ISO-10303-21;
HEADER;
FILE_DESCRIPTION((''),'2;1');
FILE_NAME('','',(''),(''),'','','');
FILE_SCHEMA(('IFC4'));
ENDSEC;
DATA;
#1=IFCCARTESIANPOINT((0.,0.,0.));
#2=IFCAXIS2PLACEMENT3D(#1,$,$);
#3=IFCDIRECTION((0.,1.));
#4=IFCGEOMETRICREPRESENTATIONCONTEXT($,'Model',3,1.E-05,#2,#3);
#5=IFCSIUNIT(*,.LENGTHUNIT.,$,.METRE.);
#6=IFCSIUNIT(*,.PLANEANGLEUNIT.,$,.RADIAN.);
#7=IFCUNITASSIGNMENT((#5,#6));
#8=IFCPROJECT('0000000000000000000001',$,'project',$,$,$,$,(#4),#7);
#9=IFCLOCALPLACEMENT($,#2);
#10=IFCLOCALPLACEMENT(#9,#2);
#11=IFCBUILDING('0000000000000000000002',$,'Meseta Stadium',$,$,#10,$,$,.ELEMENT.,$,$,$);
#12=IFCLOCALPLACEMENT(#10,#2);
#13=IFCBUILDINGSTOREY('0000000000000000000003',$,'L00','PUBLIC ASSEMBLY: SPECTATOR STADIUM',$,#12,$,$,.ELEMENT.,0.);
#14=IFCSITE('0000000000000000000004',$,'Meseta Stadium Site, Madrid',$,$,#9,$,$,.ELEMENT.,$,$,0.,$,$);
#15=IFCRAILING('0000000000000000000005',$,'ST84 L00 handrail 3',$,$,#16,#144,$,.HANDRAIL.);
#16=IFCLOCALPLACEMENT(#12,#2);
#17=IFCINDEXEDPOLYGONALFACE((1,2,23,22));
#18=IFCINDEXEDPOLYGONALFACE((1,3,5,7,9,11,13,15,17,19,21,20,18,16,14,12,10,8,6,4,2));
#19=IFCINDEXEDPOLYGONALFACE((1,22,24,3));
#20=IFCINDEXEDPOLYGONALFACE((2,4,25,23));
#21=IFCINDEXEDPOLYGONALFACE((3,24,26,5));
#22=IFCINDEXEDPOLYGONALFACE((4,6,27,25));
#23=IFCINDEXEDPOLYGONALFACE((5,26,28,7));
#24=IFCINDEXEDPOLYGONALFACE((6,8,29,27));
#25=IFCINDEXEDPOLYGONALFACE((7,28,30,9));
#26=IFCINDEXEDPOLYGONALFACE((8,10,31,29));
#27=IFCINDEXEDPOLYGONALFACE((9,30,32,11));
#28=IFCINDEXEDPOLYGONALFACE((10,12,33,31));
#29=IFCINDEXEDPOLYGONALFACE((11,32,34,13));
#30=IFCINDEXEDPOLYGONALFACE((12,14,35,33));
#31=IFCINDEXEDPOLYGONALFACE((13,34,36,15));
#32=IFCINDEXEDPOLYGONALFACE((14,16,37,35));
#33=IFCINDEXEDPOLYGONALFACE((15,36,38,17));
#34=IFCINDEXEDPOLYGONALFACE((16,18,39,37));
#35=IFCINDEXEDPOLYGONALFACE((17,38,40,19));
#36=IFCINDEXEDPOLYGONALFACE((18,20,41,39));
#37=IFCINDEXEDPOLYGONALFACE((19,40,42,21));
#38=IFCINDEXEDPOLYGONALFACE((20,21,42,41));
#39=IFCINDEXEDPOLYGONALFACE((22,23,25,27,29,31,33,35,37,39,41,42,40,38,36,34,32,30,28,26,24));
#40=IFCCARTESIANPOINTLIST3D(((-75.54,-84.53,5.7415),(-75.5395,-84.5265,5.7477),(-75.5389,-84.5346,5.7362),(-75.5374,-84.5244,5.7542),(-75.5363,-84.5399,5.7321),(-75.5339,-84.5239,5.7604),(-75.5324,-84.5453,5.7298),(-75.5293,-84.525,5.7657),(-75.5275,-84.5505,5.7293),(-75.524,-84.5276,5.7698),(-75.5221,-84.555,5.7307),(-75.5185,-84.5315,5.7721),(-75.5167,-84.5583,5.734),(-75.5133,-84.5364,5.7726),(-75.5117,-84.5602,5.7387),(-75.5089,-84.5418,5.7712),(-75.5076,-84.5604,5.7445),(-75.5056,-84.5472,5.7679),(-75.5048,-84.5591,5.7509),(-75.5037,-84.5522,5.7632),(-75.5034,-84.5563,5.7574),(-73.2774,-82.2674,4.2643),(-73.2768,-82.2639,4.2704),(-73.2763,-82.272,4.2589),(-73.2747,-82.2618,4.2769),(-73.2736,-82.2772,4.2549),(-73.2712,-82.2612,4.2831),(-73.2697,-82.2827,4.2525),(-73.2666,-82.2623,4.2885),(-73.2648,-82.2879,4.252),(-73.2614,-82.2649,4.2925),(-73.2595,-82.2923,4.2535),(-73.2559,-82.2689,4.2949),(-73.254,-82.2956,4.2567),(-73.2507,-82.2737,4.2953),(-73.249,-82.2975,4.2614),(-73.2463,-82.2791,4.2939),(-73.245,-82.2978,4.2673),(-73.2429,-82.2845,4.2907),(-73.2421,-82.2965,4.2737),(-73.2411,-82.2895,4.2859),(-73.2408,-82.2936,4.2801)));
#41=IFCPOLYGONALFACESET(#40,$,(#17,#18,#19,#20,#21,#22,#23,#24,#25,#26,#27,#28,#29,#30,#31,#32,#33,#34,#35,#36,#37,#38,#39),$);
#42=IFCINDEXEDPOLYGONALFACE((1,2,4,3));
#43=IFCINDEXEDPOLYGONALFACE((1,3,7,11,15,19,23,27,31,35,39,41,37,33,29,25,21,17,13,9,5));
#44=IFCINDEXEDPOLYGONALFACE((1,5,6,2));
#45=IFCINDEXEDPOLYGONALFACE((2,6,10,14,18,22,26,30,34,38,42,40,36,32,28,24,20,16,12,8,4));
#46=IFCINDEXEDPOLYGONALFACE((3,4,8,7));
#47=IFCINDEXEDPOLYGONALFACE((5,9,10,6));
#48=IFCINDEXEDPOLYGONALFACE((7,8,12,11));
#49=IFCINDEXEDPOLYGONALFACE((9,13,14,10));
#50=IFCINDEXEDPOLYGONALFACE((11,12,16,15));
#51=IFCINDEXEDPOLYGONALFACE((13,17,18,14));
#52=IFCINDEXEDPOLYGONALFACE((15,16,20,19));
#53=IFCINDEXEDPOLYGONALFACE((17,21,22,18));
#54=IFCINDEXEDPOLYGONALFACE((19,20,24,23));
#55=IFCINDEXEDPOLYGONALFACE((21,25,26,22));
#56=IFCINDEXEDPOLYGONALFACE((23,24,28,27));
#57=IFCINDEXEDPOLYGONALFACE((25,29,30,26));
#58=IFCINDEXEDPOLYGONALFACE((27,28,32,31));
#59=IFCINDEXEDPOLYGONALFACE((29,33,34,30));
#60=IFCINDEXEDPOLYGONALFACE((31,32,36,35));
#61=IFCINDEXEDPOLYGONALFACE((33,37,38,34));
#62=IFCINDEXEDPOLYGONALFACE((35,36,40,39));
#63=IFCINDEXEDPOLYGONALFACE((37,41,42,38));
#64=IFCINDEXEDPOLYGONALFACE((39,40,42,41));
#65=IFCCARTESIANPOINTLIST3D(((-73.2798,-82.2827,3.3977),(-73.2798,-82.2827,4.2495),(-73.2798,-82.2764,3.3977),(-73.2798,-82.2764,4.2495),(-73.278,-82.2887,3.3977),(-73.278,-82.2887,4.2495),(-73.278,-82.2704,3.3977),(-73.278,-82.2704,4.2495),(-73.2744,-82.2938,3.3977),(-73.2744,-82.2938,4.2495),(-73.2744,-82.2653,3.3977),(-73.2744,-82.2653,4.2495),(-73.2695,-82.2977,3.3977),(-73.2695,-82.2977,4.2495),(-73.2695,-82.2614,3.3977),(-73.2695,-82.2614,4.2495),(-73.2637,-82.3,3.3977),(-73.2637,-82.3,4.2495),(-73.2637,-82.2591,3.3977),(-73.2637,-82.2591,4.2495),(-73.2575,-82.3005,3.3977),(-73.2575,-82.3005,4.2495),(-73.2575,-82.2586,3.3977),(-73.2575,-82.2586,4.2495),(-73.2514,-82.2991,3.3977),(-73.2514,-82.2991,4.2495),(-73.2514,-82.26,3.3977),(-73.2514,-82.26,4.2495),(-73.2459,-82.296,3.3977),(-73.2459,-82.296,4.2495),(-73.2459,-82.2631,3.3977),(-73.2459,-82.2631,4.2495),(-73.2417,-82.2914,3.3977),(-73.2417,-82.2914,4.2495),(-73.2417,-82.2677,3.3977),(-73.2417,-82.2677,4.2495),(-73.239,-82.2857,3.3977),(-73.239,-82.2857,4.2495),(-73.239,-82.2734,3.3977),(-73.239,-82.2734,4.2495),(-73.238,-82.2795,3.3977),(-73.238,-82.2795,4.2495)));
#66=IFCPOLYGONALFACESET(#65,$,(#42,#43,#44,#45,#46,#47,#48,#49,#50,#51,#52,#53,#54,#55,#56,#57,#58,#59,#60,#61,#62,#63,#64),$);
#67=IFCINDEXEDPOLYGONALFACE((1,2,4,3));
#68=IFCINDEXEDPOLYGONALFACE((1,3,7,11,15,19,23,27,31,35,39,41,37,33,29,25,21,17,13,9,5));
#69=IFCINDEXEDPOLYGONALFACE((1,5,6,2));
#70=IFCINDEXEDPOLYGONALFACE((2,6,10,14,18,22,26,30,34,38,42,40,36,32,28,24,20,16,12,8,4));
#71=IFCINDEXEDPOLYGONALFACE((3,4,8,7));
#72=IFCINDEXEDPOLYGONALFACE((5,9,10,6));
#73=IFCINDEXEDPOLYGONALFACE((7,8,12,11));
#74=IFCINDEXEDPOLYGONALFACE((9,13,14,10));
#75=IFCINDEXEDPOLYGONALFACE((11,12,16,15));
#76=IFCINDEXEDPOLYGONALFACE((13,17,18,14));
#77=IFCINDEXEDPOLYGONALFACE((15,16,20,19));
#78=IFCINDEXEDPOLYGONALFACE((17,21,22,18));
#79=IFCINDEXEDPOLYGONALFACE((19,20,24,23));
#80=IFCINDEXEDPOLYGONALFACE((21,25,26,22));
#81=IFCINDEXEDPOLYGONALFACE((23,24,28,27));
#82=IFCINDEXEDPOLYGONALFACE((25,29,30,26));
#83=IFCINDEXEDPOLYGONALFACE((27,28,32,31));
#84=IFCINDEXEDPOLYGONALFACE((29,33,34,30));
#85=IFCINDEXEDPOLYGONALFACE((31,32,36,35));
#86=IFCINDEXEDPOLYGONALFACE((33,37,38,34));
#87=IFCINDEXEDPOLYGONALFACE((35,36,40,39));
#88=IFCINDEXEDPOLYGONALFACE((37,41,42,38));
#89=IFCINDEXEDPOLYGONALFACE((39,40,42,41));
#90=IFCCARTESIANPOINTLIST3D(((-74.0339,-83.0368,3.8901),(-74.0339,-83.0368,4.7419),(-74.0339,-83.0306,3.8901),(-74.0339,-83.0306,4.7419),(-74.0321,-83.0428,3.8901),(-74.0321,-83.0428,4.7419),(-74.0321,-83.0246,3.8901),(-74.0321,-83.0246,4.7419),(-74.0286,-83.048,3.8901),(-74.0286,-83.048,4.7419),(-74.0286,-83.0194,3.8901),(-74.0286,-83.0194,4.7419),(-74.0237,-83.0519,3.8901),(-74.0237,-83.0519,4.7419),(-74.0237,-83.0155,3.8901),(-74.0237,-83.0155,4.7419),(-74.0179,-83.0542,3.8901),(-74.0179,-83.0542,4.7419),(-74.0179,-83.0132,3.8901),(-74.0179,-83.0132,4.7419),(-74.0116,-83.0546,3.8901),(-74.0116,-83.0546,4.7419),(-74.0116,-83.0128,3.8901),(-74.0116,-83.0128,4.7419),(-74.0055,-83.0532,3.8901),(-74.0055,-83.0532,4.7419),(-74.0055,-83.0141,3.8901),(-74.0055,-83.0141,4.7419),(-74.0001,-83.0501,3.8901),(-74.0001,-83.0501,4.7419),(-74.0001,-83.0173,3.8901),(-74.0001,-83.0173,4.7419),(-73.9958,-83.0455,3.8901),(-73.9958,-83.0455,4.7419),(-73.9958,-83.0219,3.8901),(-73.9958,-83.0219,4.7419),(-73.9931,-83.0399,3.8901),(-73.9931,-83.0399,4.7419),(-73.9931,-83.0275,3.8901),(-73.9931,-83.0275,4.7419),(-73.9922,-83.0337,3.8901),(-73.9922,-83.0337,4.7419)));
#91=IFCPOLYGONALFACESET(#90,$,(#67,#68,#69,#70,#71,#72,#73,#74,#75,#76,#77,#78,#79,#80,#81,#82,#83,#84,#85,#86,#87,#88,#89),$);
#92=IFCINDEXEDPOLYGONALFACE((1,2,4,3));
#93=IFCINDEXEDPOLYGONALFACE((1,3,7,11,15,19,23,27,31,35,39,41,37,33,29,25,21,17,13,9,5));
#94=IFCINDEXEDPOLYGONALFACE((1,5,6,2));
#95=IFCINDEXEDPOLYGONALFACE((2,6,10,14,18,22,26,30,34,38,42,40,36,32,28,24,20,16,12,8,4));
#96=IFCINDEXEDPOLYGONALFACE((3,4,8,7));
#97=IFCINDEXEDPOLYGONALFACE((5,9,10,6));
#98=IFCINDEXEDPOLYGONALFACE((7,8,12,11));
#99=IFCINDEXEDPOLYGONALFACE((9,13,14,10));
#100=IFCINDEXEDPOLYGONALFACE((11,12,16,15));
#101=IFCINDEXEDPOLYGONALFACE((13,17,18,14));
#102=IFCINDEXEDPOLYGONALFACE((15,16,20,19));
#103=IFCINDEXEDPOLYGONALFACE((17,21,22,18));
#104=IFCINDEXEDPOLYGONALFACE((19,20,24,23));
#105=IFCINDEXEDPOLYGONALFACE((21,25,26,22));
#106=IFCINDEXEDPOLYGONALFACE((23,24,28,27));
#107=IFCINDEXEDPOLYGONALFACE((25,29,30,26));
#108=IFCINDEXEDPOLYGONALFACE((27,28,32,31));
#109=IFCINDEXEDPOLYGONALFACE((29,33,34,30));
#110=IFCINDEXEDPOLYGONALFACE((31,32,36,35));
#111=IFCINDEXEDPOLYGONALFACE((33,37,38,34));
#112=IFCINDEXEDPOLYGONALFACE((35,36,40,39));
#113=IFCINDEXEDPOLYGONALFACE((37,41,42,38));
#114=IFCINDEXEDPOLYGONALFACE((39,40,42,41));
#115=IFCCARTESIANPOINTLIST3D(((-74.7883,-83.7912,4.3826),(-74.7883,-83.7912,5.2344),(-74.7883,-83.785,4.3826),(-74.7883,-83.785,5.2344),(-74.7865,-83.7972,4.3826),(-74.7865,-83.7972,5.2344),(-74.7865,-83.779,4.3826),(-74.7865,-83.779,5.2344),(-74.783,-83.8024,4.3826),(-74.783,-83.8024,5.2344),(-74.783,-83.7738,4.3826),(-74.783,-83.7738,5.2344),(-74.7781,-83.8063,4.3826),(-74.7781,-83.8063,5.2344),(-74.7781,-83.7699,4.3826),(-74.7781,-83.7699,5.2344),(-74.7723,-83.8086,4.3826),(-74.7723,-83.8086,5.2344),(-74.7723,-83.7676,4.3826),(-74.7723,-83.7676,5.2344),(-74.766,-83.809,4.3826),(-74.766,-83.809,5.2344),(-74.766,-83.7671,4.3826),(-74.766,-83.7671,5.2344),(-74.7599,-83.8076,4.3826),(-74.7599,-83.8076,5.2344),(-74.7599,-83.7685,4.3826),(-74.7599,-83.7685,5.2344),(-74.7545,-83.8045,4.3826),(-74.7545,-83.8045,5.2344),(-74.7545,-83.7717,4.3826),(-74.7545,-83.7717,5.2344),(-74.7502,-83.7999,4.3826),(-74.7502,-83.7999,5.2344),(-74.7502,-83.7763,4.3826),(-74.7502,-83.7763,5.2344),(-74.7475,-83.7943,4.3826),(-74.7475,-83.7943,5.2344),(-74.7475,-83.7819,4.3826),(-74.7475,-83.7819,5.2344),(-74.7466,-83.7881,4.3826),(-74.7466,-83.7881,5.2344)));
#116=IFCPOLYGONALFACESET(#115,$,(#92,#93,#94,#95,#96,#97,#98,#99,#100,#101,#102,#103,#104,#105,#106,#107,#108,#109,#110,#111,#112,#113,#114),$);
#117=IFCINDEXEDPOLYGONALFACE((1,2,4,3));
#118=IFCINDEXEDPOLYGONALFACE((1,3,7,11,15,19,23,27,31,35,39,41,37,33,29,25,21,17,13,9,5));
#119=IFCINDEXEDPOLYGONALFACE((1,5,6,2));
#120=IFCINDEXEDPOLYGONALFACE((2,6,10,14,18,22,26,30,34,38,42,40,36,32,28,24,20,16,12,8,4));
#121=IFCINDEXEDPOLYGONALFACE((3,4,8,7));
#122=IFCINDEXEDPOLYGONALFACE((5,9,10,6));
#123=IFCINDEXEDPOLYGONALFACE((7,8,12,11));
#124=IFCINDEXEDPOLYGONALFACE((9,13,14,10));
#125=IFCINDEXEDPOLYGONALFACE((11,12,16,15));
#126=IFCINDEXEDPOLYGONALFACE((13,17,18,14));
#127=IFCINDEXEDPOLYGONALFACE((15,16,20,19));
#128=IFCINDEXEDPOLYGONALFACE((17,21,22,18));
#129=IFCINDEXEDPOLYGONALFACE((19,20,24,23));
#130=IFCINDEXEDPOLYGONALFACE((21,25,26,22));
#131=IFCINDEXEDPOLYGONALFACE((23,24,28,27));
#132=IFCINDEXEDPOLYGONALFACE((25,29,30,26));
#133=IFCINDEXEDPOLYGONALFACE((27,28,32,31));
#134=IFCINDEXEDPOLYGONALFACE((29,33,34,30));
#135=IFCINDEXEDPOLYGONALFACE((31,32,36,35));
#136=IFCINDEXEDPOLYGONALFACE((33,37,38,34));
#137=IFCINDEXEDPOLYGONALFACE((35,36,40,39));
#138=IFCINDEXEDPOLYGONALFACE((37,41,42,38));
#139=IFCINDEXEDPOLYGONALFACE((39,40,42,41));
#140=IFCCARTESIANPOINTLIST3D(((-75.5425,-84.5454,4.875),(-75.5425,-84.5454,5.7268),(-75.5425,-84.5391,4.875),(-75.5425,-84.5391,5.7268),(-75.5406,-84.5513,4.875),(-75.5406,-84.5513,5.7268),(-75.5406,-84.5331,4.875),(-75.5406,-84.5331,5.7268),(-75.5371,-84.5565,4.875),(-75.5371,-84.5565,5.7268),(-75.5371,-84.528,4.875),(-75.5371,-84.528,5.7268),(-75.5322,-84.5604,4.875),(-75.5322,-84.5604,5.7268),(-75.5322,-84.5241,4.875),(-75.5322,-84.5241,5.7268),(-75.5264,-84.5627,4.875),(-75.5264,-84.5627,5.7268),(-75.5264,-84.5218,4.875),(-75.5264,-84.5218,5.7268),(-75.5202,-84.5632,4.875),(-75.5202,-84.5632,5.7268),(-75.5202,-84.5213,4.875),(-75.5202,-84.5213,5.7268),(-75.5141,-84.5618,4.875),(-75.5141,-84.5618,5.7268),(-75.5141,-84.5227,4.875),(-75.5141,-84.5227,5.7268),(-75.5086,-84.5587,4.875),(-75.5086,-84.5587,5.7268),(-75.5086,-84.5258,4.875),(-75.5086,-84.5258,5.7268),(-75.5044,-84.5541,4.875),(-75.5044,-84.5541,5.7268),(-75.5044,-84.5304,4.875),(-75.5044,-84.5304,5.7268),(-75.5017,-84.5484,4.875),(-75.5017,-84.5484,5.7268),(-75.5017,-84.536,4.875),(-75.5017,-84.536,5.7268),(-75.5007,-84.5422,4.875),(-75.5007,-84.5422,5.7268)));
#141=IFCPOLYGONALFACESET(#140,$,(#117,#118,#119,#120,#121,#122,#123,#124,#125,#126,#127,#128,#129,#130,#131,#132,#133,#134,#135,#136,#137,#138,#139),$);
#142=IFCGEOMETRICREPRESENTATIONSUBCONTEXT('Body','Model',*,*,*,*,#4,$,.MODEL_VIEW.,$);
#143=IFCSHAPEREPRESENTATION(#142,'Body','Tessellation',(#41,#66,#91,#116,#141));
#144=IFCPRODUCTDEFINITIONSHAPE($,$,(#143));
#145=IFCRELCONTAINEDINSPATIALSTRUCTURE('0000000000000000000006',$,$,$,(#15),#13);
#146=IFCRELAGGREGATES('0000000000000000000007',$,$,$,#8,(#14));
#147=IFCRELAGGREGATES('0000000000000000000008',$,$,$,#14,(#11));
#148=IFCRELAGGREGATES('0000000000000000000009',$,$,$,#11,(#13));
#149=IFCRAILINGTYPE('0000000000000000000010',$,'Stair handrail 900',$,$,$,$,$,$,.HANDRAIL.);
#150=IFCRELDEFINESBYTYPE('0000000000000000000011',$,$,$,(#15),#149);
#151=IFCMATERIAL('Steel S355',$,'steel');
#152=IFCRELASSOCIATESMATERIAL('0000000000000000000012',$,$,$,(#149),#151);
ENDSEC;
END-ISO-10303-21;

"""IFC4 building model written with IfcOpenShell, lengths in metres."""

from ifc_helpers import new_model, si_unit, direction, frame, origin, origin_2d, place, context, subcontext, project, spatial, circle, extrude, material, type_object, element, save


model = new_model("IFC4")

# Units and contexts
model_context = context("Model", 3, precision=1e-05, world=origin(), true_north=direction((0.0, 1.0)))
body_context = subcontext(model_context, "Body", "Model", "MODEL_VIEW")
ifc_project = project(units=[si_unit("LENGTHUNIT", "METRE"), si_unit("PLANEANGLEUNIT", "RADIAN")], contexts=[model_context])

# Site, building, storey
site_placement = place(None, origin())
site = spatial("IfcSite", under=ifc_project, at=site_placement, Name="Meseta Stadium Site, Madrid", CompositionType="ELEMENT", RefElevation=0.0)
building_placement = place(site_placement, origin())
building = spatial("IfcBuilding", under=site, at=building_placement, Name="Meseta Stadium", CompositionType="ELEMENT")
storey_placement = place(building_placement, origin())
storey = spatial("IfcBuildingStorey", under=building, at=storey_placement, Name="L00", Description="PUBLIC ASSEMBLY: SPECTATOR STADIUM", CompositionType="ELEMENT", Elevation=0.0)

# Railing
ifc_material_1 = material(Name="Steel S355", Category="steel")
railing_type_1 = type_object("IfcRailingType", Name="Stair handrail 900", PredefinedType="HANDRAIL", material=ifc_material_1)
for number, where, name in (
    (1, (-73.259, -82.2795, 3.3977), "ST84 L00 handrail 3"),
):
    element("IfcRailing", number, at=place(storey_placement, frame(where)), inside=storey, type_object=railing_type_1, Name=name, PredefinedType="HANDRAIL", context=body_context, shape_type="SweptSolid", body=[
        extrude(circle(Radius=0.0239, at=origin_2d()), frame((0.0, 0.0, 0.876), z_axis=(-0.641994, -0.641994, 0.419152), x_axis=(0.707107, -0.707107, 0.0)), (0.0, 0.0, 1.0), 3.5244),
        extrude(circle(Radius=0.021, at=origin_2d()), origin(), (0.0, 0.0, 1.0), 0.8518),
        extrude(circle(Radius=0.021, at=origin_2d()), frame((-0.7542, -0.7542, 0.4924)), (0.0, 0.0, 1.0), 0.8518),
        extrude(circle(Radius=0.021, at=origin_2d()), frame((-1.5085, -1.5085, 0.9849)), (0.0, 0.0, 1.0), 0.8518),
        extrude(circle(Radius=0.021, at=origin_2d()), frame((-2.2627, -2.2627, 1.4773)), (0.0, 0.0, 1.0), 0.8518),
    ])

save(model, "model.ifc")
